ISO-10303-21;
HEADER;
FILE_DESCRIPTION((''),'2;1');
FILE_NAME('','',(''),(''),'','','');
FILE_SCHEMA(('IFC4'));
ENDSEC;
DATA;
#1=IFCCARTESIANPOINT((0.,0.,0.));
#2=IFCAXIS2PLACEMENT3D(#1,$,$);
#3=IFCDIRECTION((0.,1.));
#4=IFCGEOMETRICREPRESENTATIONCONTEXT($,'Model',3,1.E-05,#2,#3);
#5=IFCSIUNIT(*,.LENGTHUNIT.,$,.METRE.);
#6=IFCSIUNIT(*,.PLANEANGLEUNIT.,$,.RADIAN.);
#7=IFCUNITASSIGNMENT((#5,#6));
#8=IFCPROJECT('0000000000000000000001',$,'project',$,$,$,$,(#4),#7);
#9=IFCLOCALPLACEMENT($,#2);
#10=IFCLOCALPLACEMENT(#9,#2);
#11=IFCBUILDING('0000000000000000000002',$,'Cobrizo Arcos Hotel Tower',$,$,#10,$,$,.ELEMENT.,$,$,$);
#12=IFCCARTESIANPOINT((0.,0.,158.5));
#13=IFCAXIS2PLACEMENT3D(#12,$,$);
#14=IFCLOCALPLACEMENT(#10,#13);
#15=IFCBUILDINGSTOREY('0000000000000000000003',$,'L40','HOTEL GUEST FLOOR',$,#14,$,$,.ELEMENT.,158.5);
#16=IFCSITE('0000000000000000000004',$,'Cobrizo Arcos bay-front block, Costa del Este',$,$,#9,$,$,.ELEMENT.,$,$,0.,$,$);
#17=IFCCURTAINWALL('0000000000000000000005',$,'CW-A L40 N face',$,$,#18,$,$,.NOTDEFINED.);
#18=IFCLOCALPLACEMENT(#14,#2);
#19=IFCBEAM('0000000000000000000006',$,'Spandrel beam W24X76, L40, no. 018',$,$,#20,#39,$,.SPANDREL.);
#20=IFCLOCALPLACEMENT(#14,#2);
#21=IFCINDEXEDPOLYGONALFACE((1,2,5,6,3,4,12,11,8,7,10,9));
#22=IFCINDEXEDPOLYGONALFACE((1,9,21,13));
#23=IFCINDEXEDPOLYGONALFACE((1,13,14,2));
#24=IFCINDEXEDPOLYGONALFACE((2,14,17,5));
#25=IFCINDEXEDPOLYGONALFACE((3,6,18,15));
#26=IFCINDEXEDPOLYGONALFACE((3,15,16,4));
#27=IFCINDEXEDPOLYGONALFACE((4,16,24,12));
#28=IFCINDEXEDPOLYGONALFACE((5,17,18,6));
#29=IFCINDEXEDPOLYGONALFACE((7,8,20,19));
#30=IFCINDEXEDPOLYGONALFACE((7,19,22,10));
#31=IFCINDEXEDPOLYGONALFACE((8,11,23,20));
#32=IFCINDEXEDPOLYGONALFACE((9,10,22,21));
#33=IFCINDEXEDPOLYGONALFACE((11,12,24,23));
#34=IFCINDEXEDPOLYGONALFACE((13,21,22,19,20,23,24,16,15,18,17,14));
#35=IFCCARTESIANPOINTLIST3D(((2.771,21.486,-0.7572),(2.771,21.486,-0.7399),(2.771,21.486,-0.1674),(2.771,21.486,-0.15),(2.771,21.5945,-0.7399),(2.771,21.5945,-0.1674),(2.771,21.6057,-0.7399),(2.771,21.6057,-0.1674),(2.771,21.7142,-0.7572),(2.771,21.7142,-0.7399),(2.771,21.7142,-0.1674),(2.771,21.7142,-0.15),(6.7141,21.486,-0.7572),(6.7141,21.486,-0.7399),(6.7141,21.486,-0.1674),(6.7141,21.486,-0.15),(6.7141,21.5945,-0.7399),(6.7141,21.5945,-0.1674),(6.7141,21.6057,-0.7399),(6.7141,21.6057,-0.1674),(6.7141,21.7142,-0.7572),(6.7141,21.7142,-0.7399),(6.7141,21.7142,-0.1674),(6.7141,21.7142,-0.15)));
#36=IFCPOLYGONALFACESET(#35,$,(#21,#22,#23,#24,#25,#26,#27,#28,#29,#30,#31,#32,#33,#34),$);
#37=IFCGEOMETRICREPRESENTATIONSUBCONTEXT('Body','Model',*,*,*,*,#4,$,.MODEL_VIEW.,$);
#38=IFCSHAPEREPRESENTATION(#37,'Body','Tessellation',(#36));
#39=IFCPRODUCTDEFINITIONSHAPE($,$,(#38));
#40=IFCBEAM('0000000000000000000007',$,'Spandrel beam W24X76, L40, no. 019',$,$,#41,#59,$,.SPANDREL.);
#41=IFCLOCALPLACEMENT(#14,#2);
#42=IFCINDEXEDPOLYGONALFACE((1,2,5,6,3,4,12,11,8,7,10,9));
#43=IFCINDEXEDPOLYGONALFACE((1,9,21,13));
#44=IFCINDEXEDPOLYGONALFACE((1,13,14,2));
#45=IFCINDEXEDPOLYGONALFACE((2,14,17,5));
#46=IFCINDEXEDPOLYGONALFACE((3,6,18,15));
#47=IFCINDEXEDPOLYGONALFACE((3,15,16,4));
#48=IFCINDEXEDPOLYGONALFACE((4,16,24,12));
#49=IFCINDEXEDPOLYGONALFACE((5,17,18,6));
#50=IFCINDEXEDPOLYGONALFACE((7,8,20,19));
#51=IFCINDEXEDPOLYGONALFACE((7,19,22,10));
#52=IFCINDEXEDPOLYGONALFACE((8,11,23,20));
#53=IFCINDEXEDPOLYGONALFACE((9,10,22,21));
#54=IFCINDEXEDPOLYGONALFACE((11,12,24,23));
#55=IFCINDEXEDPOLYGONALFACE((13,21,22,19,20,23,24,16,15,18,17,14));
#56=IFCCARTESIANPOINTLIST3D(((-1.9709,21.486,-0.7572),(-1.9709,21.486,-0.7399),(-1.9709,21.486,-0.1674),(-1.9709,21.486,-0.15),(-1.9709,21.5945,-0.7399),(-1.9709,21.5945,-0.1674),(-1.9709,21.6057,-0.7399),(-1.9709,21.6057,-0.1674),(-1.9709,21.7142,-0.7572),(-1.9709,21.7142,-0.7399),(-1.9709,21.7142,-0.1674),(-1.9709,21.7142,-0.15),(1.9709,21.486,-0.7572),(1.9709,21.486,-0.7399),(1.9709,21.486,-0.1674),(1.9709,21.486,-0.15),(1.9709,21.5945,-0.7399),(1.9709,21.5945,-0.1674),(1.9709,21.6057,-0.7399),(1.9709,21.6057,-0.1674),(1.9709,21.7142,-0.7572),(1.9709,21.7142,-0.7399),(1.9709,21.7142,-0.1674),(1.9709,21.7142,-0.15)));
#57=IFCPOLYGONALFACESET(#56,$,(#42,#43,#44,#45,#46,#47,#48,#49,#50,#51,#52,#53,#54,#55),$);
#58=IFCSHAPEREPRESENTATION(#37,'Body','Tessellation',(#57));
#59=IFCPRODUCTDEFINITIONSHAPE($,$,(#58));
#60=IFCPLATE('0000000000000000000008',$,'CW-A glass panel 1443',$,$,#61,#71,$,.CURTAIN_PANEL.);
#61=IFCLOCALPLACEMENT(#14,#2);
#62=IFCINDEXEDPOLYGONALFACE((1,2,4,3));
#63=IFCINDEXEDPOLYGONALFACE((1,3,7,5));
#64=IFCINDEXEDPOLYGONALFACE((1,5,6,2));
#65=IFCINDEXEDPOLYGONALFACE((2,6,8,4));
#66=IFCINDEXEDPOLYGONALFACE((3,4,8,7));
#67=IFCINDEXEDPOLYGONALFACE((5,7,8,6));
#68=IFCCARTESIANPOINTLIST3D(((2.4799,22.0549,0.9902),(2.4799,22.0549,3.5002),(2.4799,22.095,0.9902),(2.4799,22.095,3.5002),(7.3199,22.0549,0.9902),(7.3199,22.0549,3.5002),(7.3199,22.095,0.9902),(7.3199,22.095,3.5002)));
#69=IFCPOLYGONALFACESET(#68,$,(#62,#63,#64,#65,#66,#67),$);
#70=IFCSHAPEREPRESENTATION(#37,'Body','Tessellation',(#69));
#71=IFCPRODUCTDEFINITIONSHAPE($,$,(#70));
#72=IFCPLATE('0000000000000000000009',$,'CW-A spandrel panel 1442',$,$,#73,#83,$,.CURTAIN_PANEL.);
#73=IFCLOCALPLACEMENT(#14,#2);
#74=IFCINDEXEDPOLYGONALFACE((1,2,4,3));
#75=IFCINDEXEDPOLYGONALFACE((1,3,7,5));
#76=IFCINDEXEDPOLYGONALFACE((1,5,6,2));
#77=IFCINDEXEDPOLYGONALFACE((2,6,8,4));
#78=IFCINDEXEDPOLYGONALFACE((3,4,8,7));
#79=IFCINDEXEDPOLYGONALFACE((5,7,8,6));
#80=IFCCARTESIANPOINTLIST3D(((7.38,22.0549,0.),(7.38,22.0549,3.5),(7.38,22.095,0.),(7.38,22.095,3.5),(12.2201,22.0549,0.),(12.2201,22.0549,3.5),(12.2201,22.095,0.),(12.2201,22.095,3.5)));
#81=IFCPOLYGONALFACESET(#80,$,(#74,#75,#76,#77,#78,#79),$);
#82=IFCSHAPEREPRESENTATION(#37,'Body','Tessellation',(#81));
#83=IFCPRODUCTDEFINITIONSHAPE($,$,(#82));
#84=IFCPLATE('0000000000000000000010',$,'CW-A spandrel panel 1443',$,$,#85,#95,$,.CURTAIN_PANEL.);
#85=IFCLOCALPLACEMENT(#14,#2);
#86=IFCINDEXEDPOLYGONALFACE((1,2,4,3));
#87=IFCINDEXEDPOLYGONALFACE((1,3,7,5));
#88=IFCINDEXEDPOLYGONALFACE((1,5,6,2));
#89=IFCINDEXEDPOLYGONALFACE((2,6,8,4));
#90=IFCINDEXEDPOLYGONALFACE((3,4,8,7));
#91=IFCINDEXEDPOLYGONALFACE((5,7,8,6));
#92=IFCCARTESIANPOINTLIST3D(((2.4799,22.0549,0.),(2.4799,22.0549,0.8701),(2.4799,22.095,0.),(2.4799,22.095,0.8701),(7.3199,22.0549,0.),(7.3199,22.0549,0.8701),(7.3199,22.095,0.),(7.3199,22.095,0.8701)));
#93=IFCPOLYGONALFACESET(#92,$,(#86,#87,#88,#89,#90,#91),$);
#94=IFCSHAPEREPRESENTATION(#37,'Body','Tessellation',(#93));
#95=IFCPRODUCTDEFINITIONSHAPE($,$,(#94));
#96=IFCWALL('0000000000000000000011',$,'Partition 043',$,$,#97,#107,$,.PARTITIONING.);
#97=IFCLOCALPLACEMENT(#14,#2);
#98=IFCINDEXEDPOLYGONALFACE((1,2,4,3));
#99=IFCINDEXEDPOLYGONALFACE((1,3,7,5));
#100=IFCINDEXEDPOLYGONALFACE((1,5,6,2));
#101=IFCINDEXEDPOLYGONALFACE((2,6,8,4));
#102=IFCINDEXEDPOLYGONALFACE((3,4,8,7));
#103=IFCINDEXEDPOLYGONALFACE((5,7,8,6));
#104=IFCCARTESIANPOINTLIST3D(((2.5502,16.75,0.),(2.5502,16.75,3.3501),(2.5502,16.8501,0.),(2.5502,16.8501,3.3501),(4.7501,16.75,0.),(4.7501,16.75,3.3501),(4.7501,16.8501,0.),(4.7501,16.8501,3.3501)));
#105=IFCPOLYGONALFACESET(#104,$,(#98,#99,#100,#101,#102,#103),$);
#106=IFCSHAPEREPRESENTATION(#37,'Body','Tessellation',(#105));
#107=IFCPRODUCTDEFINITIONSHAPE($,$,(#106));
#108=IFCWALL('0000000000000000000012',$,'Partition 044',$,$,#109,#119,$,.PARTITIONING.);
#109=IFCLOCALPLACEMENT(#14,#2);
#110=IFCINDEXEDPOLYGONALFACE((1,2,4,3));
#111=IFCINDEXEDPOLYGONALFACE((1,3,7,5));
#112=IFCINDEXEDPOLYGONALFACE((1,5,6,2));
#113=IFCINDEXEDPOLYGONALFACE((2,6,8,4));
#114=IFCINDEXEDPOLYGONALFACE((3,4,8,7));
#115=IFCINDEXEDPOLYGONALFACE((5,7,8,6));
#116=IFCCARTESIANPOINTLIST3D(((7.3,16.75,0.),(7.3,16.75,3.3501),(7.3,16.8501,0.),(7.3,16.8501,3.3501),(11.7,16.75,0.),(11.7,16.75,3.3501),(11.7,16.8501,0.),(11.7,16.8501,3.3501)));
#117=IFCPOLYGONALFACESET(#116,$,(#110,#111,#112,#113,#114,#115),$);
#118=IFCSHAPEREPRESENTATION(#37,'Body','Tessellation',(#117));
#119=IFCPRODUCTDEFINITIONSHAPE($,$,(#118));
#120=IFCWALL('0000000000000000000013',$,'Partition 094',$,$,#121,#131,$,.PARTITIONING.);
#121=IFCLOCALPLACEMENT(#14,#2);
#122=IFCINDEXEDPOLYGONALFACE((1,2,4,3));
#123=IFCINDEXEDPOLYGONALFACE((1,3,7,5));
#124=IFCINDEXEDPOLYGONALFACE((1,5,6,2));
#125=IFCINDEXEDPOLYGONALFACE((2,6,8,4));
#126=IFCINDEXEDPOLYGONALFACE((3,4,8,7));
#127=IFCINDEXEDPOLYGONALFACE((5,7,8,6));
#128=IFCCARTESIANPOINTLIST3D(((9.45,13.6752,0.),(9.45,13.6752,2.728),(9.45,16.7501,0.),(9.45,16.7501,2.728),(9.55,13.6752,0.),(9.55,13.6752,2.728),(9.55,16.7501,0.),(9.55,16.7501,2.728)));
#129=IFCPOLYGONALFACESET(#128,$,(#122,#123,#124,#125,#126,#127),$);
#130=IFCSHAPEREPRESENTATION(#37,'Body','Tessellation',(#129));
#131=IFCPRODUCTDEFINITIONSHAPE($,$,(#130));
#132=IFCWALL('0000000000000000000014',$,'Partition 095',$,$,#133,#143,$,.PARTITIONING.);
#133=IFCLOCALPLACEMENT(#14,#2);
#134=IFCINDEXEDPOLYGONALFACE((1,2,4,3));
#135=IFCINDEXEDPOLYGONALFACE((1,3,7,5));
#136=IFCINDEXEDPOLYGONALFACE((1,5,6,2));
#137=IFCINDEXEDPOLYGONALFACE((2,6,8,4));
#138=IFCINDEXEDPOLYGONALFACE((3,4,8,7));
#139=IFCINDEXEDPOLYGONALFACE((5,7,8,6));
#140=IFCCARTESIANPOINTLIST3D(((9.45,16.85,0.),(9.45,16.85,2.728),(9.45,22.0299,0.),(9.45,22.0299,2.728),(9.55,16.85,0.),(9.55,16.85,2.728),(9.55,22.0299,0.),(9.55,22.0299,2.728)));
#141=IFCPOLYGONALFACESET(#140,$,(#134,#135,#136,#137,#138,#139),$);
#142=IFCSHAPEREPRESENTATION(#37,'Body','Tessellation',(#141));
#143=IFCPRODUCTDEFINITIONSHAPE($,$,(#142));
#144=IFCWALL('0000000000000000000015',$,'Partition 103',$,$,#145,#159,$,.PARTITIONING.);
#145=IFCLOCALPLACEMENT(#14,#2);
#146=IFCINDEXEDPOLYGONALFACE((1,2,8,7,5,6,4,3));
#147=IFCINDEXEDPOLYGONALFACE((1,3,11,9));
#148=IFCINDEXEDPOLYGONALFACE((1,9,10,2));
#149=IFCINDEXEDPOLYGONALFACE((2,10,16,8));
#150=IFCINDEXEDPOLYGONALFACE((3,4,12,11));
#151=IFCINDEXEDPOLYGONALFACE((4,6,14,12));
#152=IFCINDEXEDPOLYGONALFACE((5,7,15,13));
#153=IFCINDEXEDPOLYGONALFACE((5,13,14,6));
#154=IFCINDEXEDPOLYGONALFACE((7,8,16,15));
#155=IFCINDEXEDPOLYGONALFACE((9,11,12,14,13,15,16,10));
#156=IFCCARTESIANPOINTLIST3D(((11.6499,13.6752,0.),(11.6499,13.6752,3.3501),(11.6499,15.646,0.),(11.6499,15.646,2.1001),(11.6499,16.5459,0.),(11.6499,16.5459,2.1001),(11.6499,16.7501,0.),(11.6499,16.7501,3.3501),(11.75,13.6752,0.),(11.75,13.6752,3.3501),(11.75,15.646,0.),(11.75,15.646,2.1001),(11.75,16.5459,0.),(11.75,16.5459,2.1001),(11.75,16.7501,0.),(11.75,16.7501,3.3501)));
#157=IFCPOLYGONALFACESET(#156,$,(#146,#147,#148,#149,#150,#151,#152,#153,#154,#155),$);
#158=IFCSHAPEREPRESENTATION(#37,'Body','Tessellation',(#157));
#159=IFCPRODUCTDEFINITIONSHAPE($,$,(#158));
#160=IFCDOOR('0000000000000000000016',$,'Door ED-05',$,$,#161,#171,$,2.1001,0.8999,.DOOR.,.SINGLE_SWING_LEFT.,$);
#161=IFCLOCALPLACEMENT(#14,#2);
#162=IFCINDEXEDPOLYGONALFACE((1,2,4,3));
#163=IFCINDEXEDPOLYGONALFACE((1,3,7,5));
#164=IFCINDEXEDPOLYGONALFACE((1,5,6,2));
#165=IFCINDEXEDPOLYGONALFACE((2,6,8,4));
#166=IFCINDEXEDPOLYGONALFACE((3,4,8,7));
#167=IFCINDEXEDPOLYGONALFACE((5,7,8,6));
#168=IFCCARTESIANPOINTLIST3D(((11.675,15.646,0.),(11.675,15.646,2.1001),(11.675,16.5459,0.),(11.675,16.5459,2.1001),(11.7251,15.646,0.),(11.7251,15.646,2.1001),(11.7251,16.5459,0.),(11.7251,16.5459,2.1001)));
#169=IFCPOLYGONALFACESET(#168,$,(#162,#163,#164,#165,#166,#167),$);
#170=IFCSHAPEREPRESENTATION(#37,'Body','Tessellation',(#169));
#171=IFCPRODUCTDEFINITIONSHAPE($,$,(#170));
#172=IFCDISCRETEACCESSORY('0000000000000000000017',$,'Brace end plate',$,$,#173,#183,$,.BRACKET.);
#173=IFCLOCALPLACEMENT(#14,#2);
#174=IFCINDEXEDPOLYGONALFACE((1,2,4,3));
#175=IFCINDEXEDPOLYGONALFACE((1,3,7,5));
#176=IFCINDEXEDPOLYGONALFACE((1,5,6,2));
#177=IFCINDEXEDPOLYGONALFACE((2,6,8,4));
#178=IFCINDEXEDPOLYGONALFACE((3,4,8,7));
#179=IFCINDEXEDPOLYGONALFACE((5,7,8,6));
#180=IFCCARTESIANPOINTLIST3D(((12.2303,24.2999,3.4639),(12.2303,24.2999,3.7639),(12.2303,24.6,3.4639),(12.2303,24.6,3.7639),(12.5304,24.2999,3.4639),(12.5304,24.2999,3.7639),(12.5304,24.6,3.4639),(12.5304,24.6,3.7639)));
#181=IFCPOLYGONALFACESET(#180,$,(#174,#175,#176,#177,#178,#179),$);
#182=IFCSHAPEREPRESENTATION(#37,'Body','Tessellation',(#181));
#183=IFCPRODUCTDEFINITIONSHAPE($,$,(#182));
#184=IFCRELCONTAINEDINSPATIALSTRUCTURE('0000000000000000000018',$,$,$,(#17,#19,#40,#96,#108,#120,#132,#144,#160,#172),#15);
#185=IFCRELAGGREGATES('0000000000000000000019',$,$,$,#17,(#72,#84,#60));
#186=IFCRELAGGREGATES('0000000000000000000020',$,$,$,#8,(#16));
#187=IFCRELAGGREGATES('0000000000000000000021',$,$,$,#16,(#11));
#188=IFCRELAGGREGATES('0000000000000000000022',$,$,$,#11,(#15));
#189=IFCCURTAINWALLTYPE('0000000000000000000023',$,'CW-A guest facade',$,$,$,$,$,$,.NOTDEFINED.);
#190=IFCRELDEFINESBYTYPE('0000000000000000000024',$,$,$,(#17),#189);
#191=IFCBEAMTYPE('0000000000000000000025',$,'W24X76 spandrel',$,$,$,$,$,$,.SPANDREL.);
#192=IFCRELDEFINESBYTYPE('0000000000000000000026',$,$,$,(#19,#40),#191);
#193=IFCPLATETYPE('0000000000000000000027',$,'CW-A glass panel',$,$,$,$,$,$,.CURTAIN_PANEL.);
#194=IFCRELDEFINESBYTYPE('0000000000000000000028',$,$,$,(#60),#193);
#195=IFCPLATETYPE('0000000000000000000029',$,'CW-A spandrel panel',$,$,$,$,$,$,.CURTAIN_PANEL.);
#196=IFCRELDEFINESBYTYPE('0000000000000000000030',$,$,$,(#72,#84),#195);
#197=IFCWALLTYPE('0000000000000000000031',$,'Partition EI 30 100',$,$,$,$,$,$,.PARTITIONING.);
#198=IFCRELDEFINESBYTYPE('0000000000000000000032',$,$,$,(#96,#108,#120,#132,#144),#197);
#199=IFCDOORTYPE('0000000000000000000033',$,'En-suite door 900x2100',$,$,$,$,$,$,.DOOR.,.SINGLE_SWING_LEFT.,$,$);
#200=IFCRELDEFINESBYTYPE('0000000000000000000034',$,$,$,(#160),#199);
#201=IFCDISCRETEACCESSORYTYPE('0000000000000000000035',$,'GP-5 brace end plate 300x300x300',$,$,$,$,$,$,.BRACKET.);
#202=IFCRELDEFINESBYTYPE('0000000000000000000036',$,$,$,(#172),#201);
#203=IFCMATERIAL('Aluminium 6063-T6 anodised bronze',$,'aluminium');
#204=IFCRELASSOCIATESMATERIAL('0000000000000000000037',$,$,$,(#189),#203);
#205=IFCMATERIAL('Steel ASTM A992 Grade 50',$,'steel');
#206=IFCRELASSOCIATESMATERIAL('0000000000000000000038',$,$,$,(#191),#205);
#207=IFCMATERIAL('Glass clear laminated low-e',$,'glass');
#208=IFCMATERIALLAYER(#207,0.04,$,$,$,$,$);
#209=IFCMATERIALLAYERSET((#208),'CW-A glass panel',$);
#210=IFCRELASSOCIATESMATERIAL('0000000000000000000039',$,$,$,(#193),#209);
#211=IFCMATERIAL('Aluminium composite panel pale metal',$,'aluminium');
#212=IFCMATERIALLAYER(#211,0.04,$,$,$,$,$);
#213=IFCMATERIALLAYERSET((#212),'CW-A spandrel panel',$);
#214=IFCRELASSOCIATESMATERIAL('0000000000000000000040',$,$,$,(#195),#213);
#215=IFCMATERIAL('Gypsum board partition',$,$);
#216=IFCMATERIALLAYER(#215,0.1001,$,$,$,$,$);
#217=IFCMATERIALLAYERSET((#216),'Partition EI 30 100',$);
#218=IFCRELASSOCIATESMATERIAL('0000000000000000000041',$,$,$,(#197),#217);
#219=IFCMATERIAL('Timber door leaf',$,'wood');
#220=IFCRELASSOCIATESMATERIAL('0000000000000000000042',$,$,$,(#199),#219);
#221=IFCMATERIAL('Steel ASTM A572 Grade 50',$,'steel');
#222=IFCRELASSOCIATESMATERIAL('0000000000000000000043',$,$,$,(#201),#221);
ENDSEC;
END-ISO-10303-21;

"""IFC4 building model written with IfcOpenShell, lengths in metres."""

from ifc_helpers import new_model, si_unit, direction, frame, frame_2d, origin, origin_2d, place, context, subcontext, project, spatial, rectangle, i_section, extrude, material, layer, layer_set, material_profile, profile_set, type_object, element, fill, aggregate, save


model = new_model("IFC4")

# Units and contexts
model_context = context("Model", 3, precision=1e-05, world=origin(), true_north=direction((0.0, 1.0)))
body_context = subcontext(model_context, "Body", "Model", "MODEL_VIEW")
ifc_project = project(units=[si_unit("LENGTHUNIT", "METRE"), si_unit("PLANEANGLEUNIT", "RADIAN")], contexts=[model_context])

# Site, building, storey
site_placement = place(None, origin())
site = spatial("IfcSite", under=ifc_project, at=site_placement, Name="Cobrizo Arcos bay-front block, Costa del Este", CompositionType="ELEMENT", RefElevation=0.0)
building_placement = place(site_placement, origin())
building = spatial("IfcBuilding", under=site, at=building_placement, Name="Cobrizo Arcos Hotel Tower", CompositionType="ELEMENT")
storey_placement = place(building_placement, frame((0.0, 0.0, 158.5)))
storey = spatial("IfcBuildingStorey", under=building, at=storey_placement, Name="L40", Description="HOTEL GUEST FLOOR", CompositionType="ELEMENT", Elevation=158.5)

# Shared definitions
ifc_material_1 = material(Name="Steel ASTM A572 Grade 50", Category="steel")

# Curtain wall
ifc_material_2 = material(Name="Aluminium 6063-T6 anodised bronze", Category="aluminium")
curtain_wall_type = type_object("IfcCurtainWallType", Name="CW-A guest facade", PredefinedType="NOTDEFINED", material=ifc_material_2)
curtain_wall_placement = place(storey_placement, origin())
curtain_wall = element("IfcCurtainWall", 1, at=curtain_wall_placement, inside=storey, type_object=curtain_wall_type, Name="CW-A L40 N face", PredefinedType="NOTDEFINED")

# Beams
ifc_material_3 = material(Name="Steel ASTM A992 Grade 50", Category="steel")
ifc_material_profile_1 = material_profile(ifc_material_3, i_section(OverallWidth=0.2283, OverallDepth=0.6072, WebThickness=0.0112, FlangeThickness=0.0173, at=origin_2d()), Name="W24X76")
ifc_profile_set_1 = profile_set([ifc_material_profile_1], Name="Steel ASTM A992 Grade 50")
beam_type = type_object("IfcBeamType", Name="W24X76 spandrel", PredefinedType="SPANDREL", material=ifc_profile_set_1)
for number, where, z_axis, x_axis, name in (
    (2, (6.7141, 21.6001, -0.4536), (-1.0, 0.0, 0.0), (0.0, -1.0, 0.0), "Spandrel beam W24X76, L40, no. 018"),
):
    element("IfcBeam", number, at=place(storey_placement, frame(where, z_axis=z_axis, x_axis=x_axis)), inside=storey, type_object=beam_type, Name=name, PredefinedType="SPANDREL", context=body_context, shape_type="SweptSolid", body=[
        extrude(i_section(OverallWidth=0.2283, OverallDepth=0.6072, WebThickness=0.0112, FlangeThickness=0.0173, at=origin_2d()), origin(), (0.0, 0.0, 1.0), 3.9431),
    ])
beam_placement = place(storey_placement, frame((1.9709, 21.6001, -0.4536), z_axis=(-1.0, 0.0, 0.0), x_axis=(0.0, -1.0, 0.0)))
element("IfcBeam", 3, at=beam_placement, inside=storey, type_object=beam_type, Name="Spandrel beam W24X76, L40, no. 019", PredefinedType="SPANDREL", context=body_context, shape_type="SweptSolid", body=[
    extrude(i_section(OverallWidth=0.2283, OverallDepth=0.6072, WebThickness=0.0112, FlangeThickness=0.0173, at=origin_2d()), origin(), (0.0, 0.0, 1.0), 3.9419),
])

# Plates
ifc_material_4 = material(Name="Glass clear laminated low-e", Category="glass")
ifc_layer_1 = layer(ifc_material_4, 0.04)
ifc_layer_set_1 = layer_set([ifc_layer_1], Name="CW-A glass panel")
plate_type_1 = type_object("IfcPlateType", Name="CW-A glass panel", PredefinedType="CURTAIN_PANEL", material=ifc_layer_set_1)
plate_1_placement = place(storey_placement, frame((4.8999, 22.075, 0.9902), z_axis=(0.0, 0.0, 1.0), x_axis=(-1.0, 0.0, 0.0)))
plate_1 = element("IfcPlate", 4, at=plate_1_placement, type_object=plate_type_1, Name="CW-A glass panel 1443", PredefinedType="CURTAIN_PANEL", context=body_context, shape_type="SweptSolid", body=[
    extrude(rectangle(XDim=4.8401, YDim=0.04, at=origin_2d()), origin(), (0.0, 0.0, 1.0), 2.51),
])
ifc_material_5 = material(Name="Aluminium composite panel pale metal", Category="aluminium")
ifc_layer_2 = layer(ifc_material_5, 0.04)
ifc_layer_set_2 = layer_set([ifc_layer_2], Name="CW-A spandrel panel")
plate_type_2 = type_object("IfcPlateType", Name="CW-A spandrel panel", PredefinedType="CURTAIN_PANEL", material=ifc_layer_set_2)
plate_2_placement = place(storey_placement, frame((9.8, 22.075, 0.0), z_axis=(0.0, 0.0, 1.0), x_axis=(-1.0, 0.0, 0.0)))
plate_2 = element("IfcPlate", 5, at=plate_2_placement, type_object=plate_type_2, Name="CW-A spandrel panel 1442", PredefinedType="CURTAIN_PANEL", context=body_context, shape_type="SweptSolid", body=[
    extrude(rectangle(XDim=4.8401, YDim=0.04, at=origin_2d()), origin(), (0.0, 0.0, 1.0), 3.5),
])
plate_3_placement = place(storey_placement, frame((4.8999, 22.075, 0.0), z_axis=(0.0, 0.0, 1.0), x_axis=(-1.0, 0.0, 0.0)))
plate_3 = element("IfcPlate", 6, at=plate_3_placement, type_object=plate_type_2, Name="CW-A spandrel panel 1443", PredefinedType="CURTAIN_PANEL", context=body_context, shape_type="SweptSolid", body=[
    extrude(rectangle(XDim=4.8401, YDim=0.04, at=origin_2d()), origin(), (0.0, 0.0, 1.0), 0.8701),
])
aggregate(curtain_wall, [plate_2, plate_3, plate_1])

# Walls
ifc_material_6 = material(Name="Gypsum board partition")
ifc_layer_3 = layer(ifc_material_6, 0.1001)
ifc_layer_set_3 = layer_set([ifc_layer_3], Name="Partition EI 30 100")
wall_type = type_object("IfcWallType", Name="Partition EI 30 100", PredefinedType="PARTITIONING", material=ifc_layer_set_3)
wall_1_placement = place(storey_placement, frame((2.55, 16.8, 0.0), z_axis=(0.0, 0.0, 1.0), x_axis=(1.0, 0.0, 0.0)))
element("IfcWall", 7, at=wall_1_placement, inside=storey, type_object=wall_type, Name="Partition 043", PredefinedType="PARTITIONING", context=body_context, shape_type="SweptSolid", body=[
    extrude(rectangle(XDim=2.2, YDim=0.1001, at=frame_2d((1.1001, 0.0))), origin(), (0.0, 0.0, 1.0), 3.3501),
])
wall_2_placement = place(storey_placement, frame((7.3, 16.8, 0.0), z_axis=(0.0, 0.0, 1.0), x_axis=(1.0, 0.0, 0.0)))
element("IfcWall", 8, at=wall_2_placement, inside=storey, type_object=wall_type, Name="Partition 044", PredefinedType="PARTITIONING", context=body_context, shape_type="SweptSolid", body=[
    extrude(rectangle(XDim=4.3999, YDim=0.1001, at=frame_2d((2.2, 0.0))), origin(), (0.0, 0.0, 1.0), 3.3501),
])
wall_3_placement = place(storey_placement, frame((9.5, 13.675, 0.0), z_axis=(0.0, 0.0, 1.0), x_axis=(0.0, 1.0, 0.0)))
element("IfcWall", 9, at=wall_3_placement, inside=storey, type_object=wall_type, Name="Partition 094", PredefinedType="PARTITIONING", context=body_context, shape_type="SweptSolid", body=[
    extrude(rectangle(XDim=3.075, YDim=0.1001, at=frame_2d((1.5376, 0.0))), origin(), (0.0, 0.0, 1.0), 2.728),
])
wall_4_placement = place(storey_placement, frame((9.5, 16.8501, 0.0), z_axis=(0.0, 0.0, 1.0), x_axis=(0.0, 1.0, 0.0)))
element("IfcWall", 10, at=wall_4_placement, inside=storey, type_object=wall_type, Name="Partition 095", PredefinedType="PARTITIONING", context=body_context, shape_type="SweptSolid", body=[
    extrude(rectangle(XDim=5.1799, YDim=0.1001, at=frame_2d((2.5898, 0.0))), origin(), (0.0, 0.0, 1.0), 2.728),
])

# Wall, opening, door
wall_5_placement = place(storey_placement, frame((11.7, 13.675, 0.0), z_axis=(0.0, 0.0, 1.0), x_axis=(0.0, 1.0, 0.0)))
wall_5 = element("IfcWall", 11, at=wall_5_placement, inside=storey, type_object=wall_type, Name="Partition 103", PredefinedType="PARTITIONING", context=body_context, shape_type="SweptSolid", body=[
    extrude(rectangle(XDim=3.075, YDim=0.1001, at=frame_2d((1.5376, 0.0))), origin(), (0.0, 0.0, 1.0), 3.3501),
])
opening_placement = place(wall_5_placement, frame((1.9709, 0.0, 0.0)))
opening = element("IfcOpeningElement", 12, at=opening_placement, cuts=wall_5, PredefinedType="OPENING", context=body_context, shape_type="SweptSolid", body=[
    extrude(rectangle(XDim=0.8999, YDim=2.1001, at=frame_2d((0.45, 1.05))), frame((0.0, 0.062, 0.0), z_axis=(0.0, -1.0, 0.0), x_axis=(1.0, 0.0, 0.0)), (0.0, 0.0, 1.0), 0.124),
])
ifc_material_7 = material(Name="Timber door leaf", Category="wood")
door_type = type_object("IfcDoorType", Name="En-suite door 900x2100", OperationType="SINGLE_SWING_LEFT", PredefinedType="DOOR", material=ifc_material_7)
door_placement = place(opening_placement, origin())
door = element("IfcDoor", 13, at=door_placement, inside=storey, type_object=door_type, Name="Door ED-05", OperationType="SINGLE_SWING_LEFT", OverallHeight=2.1001, OverallWidth=0.8999, PredefinedType="DOOR", context=body_context, shape_type="SweptSolid", body=[
    extrude(rectangle(XDim=0.8999, YDim=2.1001, at=frame_2d((0.45, 1.05))), frame((0.0, 0.0249, 0.0), z_axis=(0.0, -1.0, 0.0), x_axis=(1.0, 0.0, 0.0)), (0.0, 0.0, 1.0), 0.05),
])
fill(opening, door)

# Discrete accessory
discrete_accessory_type = type_object("IfcDiscreteAccessoryType", Name="GP-5 brace end plate 300x300x300", PredefinedType="BRACKET", material=ifc_material_1)
for number, where, z_axis, x_axis, name in (
    (14, (12.3804, 24.45, 3.4639), (0.0, 0.0, 1.0), (1.0, 0.0, 0.0), "Brace end plate"),
):
    element("IfcDiscreteAccessory", number, at=place(storey_placement, frame(where, z_axis=z_axis, x_axis=x_axis)), inside=storey, type_object=discrete_accessory_type, Name=name, PredefinedType="BRACKET", context=body_context, shape_type="SweptSolid", body=[
        extrude(rectangle(XDim=0.3, YDim=0.3, at=origin_2d()), origin(), (0.0, 0.0, 1.0), 0.3),
    ])

save(model, "model.ifc")
